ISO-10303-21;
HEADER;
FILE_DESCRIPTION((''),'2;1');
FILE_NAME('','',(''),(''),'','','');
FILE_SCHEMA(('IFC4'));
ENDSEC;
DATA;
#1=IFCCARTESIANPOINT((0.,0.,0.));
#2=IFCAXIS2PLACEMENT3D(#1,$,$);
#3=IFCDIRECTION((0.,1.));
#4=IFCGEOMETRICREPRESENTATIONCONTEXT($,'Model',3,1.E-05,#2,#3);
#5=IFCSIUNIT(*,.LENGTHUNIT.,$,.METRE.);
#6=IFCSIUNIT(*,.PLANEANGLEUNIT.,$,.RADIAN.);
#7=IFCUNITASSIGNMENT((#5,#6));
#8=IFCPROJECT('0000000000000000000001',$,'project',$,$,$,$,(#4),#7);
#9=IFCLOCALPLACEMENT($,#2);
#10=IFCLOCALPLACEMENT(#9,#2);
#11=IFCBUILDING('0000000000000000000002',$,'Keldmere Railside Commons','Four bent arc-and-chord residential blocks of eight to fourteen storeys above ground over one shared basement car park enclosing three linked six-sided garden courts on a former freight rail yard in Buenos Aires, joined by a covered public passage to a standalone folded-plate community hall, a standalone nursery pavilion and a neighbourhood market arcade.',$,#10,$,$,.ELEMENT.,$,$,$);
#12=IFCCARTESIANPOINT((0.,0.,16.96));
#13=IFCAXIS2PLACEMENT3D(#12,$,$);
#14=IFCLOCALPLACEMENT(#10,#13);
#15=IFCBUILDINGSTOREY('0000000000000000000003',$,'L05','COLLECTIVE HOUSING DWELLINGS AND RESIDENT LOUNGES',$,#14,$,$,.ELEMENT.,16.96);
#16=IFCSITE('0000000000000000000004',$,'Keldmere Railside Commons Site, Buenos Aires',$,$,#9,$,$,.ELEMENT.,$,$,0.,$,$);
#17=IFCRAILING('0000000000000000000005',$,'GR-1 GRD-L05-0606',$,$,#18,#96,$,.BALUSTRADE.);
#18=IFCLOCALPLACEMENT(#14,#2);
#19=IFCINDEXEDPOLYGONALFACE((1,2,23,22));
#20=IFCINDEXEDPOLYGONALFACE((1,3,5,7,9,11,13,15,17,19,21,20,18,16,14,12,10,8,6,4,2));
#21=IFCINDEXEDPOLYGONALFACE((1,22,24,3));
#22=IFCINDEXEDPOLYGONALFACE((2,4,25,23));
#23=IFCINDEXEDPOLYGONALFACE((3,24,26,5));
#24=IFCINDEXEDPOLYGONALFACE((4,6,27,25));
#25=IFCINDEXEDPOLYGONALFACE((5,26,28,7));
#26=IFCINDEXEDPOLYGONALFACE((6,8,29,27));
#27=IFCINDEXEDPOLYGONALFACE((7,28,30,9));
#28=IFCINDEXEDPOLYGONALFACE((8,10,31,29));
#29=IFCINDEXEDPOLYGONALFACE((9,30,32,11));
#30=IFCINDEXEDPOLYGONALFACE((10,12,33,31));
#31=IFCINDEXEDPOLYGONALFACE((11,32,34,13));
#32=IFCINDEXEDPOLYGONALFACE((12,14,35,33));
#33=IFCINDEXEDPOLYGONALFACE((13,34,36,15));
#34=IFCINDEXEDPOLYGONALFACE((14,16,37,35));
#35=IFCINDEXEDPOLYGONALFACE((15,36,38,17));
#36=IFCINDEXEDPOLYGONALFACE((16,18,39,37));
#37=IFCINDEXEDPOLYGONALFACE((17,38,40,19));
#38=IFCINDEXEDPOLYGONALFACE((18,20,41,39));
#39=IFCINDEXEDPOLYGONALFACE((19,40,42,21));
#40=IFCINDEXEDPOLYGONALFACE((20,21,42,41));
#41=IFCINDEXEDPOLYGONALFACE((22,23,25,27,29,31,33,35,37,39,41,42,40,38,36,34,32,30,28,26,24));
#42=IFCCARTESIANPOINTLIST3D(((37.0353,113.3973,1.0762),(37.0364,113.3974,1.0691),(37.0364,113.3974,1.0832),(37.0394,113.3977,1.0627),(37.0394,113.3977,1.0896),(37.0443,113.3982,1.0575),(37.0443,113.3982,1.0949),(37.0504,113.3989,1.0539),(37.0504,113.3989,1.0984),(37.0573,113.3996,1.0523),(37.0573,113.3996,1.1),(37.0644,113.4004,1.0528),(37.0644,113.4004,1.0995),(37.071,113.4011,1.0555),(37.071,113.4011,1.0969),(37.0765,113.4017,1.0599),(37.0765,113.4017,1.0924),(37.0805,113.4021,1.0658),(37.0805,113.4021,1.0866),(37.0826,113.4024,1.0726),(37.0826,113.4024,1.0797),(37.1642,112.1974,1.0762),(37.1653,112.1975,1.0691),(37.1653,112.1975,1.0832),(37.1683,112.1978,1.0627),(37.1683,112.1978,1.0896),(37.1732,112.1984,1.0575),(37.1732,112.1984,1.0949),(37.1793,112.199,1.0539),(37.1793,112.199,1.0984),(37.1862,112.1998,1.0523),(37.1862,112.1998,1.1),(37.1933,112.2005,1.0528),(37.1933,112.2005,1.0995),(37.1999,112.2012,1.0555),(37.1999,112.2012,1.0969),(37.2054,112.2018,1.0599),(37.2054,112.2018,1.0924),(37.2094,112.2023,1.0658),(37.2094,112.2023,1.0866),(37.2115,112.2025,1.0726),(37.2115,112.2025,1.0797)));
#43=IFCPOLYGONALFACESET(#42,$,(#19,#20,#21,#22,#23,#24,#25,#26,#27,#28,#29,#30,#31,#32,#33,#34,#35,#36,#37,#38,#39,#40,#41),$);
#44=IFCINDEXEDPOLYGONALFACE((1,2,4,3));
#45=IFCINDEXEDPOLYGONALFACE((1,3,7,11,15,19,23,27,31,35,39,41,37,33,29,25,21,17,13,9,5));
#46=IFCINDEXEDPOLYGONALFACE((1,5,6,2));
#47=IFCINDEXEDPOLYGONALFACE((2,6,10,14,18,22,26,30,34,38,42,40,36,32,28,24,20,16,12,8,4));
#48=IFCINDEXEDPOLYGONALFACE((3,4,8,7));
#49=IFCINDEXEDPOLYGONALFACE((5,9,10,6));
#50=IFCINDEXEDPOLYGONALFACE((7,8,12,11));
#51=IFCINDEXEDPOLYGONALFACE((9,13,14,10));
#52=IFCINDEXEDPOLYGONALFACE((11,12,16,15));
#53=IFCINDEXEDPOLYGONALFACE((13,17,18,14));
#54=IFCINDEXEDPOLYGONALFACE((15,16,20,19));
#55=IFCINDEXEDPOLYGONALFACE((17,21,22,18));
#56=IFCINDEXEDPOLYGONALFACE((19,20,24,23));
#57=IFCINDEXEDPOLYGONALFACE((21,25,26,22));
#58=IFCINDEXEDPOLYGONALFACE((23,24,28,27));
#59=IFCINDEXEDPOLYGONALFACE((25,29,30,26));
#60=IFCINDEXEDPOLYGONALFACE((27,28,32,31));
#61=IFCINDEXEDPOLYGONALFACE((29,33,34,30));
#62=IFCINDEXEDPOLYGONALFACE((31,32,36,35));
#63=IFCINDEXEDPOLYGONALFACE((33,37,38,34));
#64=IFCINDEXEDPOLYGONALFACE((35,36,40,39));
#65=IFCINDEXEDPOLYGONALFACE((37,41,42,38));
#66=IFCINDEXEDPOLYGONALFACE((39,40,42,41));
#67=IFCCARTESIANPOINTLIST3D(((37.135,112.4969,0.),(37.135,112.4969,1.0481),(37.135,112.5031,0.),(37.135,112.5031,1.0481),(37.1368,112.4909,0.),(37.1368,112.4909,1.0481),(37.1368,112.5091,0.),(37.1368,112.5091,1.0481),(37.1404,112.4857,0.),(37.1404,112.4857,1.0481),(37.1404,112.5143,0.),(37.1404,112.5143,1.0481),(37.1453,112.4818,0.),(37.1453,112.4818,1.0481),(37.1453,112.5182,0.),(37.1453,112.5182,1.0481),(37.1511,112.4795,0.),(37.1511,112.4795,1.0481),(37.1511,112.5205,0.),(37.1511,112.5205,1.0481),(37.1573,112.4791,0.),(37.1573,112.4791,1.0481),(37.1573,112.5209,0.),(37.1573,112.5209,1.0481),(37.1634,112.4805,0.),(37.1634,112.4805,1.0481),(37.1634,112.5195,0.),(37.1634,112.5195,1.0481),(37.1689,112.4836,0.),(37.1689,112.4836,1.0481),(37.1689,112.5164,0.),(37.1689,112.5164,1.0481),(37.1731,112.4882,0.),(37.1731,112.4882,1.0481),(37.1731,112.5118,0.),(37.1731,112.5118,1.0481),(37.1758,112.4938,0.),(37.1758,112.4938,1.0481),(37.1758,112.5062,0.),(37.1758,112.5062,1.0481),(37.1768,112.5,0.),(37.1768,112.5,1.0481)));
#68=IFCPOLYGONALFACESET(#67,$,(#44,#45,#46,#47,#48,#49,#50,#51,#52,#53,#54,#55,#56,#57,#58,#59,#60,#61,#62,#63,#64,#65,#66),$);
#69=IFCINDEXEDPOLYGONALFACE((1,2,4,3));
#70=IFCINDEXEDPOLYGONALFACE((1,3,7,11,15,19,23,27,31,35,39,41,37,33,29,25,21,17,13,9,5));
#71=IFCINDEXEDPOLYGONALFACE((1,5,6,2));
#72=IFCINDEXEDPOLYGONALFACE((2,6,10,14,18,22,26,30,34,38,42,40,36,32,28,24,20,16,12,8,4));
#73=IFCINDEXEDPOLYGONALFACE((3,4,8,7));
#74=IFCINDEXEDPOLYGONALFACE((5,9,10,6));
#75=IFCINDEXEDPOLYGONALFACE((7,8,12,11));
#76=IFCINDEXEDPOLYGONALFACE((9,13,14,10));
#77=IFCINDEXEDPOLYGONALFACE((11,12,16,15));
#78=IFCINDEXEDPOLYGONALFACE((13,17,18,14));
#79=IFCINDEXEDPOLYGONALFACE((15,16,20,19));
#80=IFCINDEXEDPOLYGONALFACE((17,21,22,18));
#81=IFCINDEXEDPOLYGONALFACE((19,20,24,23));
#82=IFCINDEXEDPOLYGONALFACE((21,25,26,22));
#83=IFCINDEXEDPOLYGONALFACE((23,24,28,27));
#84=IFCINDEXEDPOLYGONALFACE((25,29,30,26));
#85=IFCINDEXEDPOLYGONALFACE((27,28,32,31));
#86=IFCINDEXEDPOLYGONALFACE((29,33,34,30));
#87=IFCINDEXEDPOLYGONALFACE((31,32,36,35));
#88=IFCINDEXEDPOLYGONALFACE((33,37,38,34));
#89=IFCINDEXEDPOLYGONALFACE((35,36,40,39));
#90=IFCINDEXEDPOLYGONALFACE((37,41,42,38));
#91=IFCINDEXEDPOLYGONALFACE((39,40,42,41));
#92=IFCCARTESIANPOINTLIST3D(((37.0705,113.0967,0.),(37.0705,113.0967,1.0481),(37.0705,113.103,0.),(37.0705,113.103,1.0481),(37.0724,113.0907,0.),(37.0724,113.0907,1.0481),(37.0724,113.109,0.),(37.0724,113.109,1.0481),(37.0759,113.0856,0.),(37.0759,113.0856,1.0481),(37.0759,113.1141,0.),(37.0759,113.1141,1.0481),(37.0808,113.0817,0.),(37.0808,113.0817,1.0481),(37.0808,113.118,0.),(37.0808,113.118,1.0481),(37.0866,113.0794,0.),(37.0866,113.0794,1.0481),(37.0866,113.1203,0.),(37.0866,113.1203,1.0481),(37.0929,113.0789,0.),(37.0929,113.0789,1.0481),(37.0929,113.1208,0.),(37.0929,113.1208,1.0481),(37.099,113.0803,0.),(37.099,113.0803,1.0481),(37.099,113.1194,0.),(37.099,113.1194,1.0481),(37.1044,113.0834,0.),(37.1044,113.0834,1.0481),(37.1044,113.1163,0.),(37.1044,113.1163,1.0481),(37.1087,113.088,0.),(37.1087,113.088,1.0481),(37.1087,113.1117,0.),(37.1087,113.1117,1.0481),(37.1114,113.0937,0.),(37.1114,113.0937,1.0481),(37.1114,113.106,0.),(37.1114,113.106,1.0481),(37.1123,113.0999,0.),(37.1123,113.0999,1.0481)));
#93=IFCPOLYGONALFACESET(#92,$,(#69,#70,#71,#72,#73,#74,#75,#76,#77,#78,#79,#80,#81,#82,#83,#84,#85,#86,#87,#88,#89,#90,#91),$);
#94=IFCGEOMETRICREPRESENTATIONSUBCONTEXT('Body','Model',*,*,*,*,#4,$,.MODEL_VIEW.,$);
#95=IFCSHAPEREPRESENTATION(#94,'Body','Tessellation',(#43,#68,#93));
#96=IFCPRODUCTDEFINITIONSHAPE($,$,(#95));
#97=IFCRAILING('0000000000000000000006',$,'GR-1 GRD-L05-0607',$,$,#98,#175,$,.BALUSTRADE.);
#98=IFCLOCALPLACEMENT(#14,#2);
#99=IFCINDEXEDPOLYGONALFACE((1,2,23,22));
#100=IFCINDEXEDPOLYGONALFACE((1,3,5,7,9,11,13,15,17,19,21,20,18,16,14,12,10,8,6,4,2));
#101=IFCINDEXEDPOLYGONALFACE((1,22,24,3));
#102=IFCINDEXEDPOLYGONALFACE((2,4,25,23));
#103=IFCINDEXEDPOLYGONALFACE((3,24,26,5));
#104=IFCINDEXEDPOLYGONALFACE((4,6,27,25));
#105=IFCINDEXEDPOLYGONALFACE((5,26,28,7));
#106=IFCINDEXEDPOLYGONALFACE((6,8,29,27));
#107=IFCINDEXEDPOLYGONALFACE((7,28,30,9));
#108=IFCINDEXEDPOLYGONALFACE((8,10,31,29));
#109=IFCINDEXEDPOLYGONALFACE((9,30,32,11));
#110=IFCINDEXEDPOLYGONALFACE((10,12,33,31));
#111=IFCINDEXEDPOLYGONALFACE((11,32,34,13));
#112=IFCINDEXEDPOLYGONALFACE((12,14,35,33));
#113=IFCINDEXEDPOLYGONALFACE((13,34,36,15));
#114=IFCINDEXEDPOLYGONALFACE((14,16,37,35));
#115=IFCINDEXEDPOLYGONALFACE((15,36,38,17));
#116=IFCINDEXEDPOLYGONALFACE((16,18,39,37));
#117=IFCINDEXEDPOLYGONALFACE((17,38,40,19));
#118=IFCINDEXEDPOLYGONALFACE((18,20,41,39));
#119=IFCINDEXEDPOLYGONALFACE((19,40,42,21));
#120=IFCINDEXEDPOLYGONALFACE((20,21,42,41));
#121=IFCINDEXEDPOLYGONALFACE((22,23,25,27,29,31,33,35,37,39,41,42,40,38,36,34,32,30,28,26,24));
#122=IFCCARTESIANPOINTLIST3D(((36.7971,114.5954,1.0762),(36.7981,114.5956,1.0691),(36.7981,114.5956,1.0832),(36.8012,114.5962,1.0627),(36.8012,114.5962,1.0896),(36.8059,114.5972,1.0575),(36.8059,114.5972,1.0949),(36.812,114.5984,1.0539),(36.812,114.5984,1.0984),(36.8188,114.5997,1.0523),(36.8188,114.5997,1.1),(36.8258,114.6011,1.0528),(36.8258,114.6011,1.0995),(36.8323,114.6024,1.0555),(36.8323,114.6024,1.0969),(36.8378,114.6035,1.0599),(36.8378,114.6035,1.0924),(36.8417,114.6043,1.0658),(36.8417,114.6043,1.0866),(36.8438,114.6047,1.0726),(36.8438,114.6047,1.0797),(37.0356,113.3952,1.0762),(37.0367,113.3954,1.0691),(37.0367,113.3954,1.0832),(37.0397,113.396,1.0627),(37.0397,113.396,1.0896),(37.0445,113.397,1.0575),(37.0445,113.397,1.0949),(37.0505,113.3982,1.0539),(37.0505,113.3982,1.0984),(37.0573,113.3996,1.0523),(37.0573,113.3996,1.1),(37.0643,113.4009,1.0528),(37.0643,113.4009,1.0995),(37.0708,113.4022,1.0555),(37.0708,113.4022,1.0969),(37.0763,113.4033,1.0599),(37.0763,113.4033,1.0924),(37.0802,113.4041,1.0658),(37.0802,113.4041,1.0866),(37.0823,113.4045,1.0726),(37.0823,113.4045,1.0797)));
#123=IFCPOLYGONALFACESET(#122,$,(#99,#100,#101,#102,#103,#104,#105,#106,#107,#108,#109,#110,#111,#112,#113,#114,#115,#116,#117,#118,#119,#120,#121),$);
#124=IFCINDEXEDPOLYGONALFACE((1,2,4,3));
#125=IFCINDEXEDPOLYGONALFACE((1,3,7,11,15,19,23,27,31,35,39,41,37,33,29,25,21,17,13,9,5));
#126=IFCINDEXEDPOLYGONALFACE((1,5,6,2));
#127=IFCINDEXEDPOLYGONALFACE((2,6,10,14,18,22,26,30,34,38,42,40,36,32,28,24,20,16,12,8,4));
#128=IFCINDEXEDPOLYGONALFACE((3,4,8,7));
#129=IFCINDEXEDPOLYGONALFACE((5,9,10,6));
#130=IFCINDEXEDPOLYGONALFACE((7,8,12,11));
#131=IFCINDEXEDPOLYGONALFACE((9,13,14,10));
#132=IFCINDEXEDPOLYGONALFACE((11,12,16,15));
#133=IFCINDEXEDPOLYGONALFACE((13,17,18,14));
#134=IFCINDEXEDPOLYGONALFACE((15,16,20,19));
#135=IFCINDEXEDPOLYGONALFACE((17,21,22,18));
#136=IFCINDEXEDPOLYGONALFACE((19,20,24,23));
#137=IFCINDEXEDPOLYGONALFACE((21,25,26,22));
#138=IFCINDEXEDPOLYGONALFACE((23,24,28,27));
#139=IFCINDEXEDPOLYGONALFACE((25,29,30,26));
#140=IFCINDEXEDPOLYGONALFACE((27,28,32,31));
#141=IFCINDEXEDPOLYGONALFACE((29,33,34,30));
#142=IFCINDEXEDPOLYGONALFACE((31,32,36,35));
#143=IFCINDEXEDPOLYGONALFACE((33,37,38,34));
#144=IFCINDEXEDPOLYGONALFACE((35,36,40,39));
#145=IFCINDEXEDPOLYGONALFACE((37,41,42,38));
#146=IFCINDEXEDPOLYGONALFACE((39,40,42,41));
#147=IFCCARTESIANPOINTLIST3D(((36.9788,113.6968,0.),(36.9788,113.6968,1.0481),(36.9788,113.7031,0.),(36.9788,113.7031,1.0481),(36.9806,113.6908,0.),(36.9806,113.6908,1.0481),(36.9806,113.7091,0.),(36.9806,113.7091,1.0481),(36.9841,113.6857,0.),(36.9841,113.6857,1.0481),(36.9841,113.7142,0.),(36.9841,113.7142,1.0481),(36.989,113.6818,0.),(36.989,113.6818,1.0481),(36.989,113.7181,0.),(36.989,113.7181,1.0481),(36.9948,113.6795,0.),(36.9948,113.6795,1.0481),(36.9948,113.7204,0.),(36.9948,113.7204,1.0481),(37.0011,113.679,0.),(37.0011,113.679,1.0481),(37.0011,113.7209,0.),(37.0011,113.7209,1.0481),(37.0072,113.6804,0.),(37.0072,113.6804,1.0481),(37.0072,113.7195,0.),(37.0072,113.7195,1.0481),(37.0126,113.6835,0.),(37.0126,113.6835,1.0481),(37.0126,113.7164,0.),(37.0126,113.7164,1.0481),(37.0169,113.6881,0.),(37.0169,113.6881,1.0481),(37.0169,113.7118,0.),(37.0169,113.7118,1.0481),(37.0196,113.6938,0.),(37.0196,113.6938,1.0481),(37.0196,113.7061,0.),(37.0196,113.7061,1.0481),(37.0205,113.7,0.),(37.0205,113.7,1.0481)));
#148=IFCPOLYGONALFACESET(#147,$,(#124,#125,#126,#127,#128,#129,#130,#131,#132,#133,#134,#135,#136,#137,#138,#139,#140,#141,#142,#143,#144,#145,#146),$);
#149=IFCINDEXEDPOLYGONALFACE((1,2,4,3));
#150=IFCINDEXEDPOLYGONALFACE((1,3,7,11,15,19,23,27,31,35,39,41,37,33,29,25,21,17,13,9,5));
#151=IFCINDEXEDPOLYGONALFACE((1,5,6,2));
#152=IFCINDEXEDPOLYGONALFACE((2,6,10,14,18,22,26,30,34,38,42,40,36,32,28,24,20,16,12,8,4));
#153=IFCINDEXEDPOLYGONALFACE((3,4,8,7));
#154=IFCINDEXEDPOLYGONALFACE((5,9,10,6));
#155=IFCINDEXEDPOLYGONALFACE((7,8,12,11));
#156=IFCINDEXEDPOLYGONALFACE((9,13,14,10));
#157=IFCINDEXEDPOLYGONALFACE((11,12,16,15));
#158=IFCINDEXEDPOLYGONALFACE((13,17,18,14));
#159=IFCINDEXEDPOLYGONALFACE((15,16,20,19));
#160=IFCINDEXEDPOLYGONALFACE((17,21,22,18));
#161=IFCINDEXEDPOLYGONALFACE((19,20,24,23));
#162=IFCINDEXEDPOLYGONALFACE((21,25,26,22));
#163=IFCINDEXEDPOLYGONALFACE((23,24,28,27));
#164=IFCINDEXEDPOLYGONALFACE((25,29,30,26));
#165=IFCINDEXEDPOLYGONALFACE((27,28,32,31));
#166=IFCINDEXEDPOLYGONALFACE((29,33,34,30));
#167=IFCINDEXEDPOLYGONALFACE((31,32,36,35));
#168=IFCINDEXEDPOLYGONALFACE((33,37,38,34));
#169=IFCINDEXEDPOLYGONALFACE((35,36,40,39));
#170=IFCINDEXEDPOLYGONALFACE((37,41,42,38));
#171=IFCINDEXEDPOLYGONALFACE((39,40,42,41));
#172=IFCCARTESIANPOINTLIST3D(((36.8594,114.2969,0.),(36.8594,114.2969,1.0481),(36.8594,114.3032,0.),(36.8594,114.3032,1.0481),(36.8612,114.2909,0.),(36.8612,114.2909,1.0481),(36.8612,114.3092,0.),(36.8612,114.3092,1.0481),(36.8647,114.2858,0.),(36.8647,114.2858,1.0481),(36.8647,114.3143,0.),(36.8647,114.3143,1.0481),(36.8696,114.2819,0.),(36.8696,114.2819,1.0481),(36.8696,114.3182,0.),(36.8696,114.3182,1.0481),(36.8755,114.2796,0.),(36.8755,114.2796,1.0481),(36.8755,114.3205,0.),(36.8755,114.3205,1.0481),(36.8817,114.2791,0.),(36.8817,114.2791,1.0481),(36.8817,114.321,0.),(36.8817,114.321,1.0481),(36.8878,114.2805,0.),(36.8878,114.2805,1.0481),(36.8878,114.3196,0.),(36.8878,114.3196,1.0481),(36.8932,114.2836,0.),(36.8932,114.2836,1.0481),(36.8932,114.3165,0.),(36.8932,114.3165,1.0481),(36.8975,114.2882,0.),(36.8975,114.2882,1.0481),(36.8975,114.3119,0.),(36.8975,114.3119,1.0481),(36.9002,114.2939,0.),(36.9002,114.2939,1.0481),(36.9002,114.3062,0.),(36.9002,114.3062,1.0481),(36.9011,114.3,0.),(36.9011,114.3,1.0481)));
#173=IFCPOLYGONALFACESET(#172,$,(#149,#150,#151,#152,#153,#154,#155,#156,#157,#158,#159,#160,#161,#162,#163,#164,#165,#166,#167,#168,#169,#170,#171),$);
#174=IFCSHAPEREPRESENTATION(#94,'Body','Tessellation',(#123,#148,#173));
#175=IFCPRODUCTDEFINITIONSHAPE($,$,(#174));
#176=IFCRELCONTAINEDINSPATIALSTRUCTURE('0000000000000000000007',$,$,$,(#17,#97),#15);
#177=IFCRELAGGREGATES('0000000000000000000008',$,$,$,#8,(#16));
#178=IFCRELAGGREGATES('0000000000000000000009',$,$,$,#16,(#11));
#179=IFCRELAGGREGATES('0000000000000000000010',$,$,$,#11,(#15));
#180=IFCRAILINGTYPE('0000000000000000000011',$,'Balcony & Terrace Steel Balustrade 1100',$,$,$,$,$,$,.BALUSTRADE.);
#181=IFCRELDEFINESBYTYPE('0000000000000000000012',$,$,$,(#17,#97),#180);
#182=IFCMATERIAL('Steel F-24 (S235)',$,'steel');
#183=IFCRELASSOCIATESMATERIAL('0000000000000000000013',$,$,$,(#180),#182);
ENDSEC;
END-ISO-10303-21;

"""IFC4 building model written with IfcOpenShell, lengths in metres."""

from ifc_helpers import new_model, si_unit, direction, frame, origin, origin_2d, place, context, subcontext, project, spatial, circle, extrude, material, type_object, element, save


model = new_model("IFC4")

# Units and contexts
model_context = context("Model", 3, precision=1e-05, world=origin(), true_north=direction((0.0, 1.0)))
body_context = subcontext(model_context, "Body", "Model", "MODEL_VIEW")
ifc_project = project(units=[si_unit("LENGTHUNIT", "METRE"), si_unit("PLANEANGLEUNIT", "RADIAN")], contexts=[model_context])

# Site, building, storey
site_placement = place(None, origin())
site = spatial("IfcSite", under=ifc_project, at=site_placement, Name="Keldmere Railside Commons Site, Buenos Aires", CompositionType="ELEMENT", RefElevation=0.0)
building_placement = place(site_placement, origin())
building = spatial("IfcBuilding", under=site, at=building_placement, Name="Keldmere Railside Commons", Description="Four bent arc-and-chord residential blocks of eight to fourteen storeys above ground over one shared basement car park enclosing three linked six-sided garden courts on a former freight rail yard in Buenos Aires, joined by a covered public passage to a standalone folded-plate community hall, a standalone nursery pavilion and a neighbourhood market arcade.", CompositionType="ELEMENT")
storey_placement = place(building_placement, frame((0.0, 0.0, 16.96)))
storey = spatial("IfcBuildingStorey", under=building, at=storey_placement, Name="L05", Description="COLLECTIVE HOUSING DWELLINGS AND RESIDENT LOUNGES", CompositionType="ELEMENT", Elevation=16.96)

# Railings
ifc_material_1 = material(Name="Steel F-24 (S235)", Category="steel")
railing_type = type_object("IfcRailingType", Name="Balcony & Terrace Steel Balustrade 1100", PredefinedType="BALUSTRADE", material=ifc_material_1)
railing_1_placement = place(storey_placement, frame((37.188, 112.2, 0.0)))
element("IfcRailing", 1, at=railing_1_placement, inside=storey, type_object=railing_type, Name="GR-1 GRD-L05-0606", PredefinedType="BALUSTRADE", context=body_context, shape_type="SweptSolid", body=[
    extrude(circle(Radius=0.0239, at=origin_2d()), frame((0.0, 0.0, 1.0762), z_axis=(-0.106812, 0.994279, 0.0), x_axis=(-0.994279, -0.106812, 0.0)), (0.0, 0.0, 1.0), 1.2068),
    extrude(circle(Radius=0.021, at=origin_2d()), frame((-0.0322, 0.3, 0.0)), (0.0, 0.0, 1.0), 1.0481),
    extrude(circle(Radius=0.021, at=origin_2d()), frame((-0.0967, 0.8999, 0.0)), (0.0, 0.0, 1.0), 1.0481),
])
railing_2_placement = place(storey_placement, frame((37.0591, 113.3999, 0.0)))
element("IfcRailing", 2, at=railing_2_placement, inside=storey, type_object=railing_type, Name="GR-1 GRD-L05-0607", PredefinedType="BALUSTRADE", context=body_context, shape_type="SweptSolid", body=[
    extrude(circle(Radius=0.0239, at=origin_2d()), frame((0.0, 0.0, 1.0762), z_axis=(-0.194927, 0.980818, 0.0), x_axis=(-0.980818, -0.194927, 0.0)), (0.0, 0.0, 1.0), 1.2236),
    extrude(circle(Radius=0.021, at=origin_2d()), frame((-0.0596, 0.3, 0.0)), (0.0, 0.0, 1.0), 1.0481),
    extrude(circle(Radius=0.021, at=origin_2d()), frame((-0.179, 0.9001, 0.0)), (0.0, 0.0, 1.0), 1.0481),
])

save(model, "model.ifc")
